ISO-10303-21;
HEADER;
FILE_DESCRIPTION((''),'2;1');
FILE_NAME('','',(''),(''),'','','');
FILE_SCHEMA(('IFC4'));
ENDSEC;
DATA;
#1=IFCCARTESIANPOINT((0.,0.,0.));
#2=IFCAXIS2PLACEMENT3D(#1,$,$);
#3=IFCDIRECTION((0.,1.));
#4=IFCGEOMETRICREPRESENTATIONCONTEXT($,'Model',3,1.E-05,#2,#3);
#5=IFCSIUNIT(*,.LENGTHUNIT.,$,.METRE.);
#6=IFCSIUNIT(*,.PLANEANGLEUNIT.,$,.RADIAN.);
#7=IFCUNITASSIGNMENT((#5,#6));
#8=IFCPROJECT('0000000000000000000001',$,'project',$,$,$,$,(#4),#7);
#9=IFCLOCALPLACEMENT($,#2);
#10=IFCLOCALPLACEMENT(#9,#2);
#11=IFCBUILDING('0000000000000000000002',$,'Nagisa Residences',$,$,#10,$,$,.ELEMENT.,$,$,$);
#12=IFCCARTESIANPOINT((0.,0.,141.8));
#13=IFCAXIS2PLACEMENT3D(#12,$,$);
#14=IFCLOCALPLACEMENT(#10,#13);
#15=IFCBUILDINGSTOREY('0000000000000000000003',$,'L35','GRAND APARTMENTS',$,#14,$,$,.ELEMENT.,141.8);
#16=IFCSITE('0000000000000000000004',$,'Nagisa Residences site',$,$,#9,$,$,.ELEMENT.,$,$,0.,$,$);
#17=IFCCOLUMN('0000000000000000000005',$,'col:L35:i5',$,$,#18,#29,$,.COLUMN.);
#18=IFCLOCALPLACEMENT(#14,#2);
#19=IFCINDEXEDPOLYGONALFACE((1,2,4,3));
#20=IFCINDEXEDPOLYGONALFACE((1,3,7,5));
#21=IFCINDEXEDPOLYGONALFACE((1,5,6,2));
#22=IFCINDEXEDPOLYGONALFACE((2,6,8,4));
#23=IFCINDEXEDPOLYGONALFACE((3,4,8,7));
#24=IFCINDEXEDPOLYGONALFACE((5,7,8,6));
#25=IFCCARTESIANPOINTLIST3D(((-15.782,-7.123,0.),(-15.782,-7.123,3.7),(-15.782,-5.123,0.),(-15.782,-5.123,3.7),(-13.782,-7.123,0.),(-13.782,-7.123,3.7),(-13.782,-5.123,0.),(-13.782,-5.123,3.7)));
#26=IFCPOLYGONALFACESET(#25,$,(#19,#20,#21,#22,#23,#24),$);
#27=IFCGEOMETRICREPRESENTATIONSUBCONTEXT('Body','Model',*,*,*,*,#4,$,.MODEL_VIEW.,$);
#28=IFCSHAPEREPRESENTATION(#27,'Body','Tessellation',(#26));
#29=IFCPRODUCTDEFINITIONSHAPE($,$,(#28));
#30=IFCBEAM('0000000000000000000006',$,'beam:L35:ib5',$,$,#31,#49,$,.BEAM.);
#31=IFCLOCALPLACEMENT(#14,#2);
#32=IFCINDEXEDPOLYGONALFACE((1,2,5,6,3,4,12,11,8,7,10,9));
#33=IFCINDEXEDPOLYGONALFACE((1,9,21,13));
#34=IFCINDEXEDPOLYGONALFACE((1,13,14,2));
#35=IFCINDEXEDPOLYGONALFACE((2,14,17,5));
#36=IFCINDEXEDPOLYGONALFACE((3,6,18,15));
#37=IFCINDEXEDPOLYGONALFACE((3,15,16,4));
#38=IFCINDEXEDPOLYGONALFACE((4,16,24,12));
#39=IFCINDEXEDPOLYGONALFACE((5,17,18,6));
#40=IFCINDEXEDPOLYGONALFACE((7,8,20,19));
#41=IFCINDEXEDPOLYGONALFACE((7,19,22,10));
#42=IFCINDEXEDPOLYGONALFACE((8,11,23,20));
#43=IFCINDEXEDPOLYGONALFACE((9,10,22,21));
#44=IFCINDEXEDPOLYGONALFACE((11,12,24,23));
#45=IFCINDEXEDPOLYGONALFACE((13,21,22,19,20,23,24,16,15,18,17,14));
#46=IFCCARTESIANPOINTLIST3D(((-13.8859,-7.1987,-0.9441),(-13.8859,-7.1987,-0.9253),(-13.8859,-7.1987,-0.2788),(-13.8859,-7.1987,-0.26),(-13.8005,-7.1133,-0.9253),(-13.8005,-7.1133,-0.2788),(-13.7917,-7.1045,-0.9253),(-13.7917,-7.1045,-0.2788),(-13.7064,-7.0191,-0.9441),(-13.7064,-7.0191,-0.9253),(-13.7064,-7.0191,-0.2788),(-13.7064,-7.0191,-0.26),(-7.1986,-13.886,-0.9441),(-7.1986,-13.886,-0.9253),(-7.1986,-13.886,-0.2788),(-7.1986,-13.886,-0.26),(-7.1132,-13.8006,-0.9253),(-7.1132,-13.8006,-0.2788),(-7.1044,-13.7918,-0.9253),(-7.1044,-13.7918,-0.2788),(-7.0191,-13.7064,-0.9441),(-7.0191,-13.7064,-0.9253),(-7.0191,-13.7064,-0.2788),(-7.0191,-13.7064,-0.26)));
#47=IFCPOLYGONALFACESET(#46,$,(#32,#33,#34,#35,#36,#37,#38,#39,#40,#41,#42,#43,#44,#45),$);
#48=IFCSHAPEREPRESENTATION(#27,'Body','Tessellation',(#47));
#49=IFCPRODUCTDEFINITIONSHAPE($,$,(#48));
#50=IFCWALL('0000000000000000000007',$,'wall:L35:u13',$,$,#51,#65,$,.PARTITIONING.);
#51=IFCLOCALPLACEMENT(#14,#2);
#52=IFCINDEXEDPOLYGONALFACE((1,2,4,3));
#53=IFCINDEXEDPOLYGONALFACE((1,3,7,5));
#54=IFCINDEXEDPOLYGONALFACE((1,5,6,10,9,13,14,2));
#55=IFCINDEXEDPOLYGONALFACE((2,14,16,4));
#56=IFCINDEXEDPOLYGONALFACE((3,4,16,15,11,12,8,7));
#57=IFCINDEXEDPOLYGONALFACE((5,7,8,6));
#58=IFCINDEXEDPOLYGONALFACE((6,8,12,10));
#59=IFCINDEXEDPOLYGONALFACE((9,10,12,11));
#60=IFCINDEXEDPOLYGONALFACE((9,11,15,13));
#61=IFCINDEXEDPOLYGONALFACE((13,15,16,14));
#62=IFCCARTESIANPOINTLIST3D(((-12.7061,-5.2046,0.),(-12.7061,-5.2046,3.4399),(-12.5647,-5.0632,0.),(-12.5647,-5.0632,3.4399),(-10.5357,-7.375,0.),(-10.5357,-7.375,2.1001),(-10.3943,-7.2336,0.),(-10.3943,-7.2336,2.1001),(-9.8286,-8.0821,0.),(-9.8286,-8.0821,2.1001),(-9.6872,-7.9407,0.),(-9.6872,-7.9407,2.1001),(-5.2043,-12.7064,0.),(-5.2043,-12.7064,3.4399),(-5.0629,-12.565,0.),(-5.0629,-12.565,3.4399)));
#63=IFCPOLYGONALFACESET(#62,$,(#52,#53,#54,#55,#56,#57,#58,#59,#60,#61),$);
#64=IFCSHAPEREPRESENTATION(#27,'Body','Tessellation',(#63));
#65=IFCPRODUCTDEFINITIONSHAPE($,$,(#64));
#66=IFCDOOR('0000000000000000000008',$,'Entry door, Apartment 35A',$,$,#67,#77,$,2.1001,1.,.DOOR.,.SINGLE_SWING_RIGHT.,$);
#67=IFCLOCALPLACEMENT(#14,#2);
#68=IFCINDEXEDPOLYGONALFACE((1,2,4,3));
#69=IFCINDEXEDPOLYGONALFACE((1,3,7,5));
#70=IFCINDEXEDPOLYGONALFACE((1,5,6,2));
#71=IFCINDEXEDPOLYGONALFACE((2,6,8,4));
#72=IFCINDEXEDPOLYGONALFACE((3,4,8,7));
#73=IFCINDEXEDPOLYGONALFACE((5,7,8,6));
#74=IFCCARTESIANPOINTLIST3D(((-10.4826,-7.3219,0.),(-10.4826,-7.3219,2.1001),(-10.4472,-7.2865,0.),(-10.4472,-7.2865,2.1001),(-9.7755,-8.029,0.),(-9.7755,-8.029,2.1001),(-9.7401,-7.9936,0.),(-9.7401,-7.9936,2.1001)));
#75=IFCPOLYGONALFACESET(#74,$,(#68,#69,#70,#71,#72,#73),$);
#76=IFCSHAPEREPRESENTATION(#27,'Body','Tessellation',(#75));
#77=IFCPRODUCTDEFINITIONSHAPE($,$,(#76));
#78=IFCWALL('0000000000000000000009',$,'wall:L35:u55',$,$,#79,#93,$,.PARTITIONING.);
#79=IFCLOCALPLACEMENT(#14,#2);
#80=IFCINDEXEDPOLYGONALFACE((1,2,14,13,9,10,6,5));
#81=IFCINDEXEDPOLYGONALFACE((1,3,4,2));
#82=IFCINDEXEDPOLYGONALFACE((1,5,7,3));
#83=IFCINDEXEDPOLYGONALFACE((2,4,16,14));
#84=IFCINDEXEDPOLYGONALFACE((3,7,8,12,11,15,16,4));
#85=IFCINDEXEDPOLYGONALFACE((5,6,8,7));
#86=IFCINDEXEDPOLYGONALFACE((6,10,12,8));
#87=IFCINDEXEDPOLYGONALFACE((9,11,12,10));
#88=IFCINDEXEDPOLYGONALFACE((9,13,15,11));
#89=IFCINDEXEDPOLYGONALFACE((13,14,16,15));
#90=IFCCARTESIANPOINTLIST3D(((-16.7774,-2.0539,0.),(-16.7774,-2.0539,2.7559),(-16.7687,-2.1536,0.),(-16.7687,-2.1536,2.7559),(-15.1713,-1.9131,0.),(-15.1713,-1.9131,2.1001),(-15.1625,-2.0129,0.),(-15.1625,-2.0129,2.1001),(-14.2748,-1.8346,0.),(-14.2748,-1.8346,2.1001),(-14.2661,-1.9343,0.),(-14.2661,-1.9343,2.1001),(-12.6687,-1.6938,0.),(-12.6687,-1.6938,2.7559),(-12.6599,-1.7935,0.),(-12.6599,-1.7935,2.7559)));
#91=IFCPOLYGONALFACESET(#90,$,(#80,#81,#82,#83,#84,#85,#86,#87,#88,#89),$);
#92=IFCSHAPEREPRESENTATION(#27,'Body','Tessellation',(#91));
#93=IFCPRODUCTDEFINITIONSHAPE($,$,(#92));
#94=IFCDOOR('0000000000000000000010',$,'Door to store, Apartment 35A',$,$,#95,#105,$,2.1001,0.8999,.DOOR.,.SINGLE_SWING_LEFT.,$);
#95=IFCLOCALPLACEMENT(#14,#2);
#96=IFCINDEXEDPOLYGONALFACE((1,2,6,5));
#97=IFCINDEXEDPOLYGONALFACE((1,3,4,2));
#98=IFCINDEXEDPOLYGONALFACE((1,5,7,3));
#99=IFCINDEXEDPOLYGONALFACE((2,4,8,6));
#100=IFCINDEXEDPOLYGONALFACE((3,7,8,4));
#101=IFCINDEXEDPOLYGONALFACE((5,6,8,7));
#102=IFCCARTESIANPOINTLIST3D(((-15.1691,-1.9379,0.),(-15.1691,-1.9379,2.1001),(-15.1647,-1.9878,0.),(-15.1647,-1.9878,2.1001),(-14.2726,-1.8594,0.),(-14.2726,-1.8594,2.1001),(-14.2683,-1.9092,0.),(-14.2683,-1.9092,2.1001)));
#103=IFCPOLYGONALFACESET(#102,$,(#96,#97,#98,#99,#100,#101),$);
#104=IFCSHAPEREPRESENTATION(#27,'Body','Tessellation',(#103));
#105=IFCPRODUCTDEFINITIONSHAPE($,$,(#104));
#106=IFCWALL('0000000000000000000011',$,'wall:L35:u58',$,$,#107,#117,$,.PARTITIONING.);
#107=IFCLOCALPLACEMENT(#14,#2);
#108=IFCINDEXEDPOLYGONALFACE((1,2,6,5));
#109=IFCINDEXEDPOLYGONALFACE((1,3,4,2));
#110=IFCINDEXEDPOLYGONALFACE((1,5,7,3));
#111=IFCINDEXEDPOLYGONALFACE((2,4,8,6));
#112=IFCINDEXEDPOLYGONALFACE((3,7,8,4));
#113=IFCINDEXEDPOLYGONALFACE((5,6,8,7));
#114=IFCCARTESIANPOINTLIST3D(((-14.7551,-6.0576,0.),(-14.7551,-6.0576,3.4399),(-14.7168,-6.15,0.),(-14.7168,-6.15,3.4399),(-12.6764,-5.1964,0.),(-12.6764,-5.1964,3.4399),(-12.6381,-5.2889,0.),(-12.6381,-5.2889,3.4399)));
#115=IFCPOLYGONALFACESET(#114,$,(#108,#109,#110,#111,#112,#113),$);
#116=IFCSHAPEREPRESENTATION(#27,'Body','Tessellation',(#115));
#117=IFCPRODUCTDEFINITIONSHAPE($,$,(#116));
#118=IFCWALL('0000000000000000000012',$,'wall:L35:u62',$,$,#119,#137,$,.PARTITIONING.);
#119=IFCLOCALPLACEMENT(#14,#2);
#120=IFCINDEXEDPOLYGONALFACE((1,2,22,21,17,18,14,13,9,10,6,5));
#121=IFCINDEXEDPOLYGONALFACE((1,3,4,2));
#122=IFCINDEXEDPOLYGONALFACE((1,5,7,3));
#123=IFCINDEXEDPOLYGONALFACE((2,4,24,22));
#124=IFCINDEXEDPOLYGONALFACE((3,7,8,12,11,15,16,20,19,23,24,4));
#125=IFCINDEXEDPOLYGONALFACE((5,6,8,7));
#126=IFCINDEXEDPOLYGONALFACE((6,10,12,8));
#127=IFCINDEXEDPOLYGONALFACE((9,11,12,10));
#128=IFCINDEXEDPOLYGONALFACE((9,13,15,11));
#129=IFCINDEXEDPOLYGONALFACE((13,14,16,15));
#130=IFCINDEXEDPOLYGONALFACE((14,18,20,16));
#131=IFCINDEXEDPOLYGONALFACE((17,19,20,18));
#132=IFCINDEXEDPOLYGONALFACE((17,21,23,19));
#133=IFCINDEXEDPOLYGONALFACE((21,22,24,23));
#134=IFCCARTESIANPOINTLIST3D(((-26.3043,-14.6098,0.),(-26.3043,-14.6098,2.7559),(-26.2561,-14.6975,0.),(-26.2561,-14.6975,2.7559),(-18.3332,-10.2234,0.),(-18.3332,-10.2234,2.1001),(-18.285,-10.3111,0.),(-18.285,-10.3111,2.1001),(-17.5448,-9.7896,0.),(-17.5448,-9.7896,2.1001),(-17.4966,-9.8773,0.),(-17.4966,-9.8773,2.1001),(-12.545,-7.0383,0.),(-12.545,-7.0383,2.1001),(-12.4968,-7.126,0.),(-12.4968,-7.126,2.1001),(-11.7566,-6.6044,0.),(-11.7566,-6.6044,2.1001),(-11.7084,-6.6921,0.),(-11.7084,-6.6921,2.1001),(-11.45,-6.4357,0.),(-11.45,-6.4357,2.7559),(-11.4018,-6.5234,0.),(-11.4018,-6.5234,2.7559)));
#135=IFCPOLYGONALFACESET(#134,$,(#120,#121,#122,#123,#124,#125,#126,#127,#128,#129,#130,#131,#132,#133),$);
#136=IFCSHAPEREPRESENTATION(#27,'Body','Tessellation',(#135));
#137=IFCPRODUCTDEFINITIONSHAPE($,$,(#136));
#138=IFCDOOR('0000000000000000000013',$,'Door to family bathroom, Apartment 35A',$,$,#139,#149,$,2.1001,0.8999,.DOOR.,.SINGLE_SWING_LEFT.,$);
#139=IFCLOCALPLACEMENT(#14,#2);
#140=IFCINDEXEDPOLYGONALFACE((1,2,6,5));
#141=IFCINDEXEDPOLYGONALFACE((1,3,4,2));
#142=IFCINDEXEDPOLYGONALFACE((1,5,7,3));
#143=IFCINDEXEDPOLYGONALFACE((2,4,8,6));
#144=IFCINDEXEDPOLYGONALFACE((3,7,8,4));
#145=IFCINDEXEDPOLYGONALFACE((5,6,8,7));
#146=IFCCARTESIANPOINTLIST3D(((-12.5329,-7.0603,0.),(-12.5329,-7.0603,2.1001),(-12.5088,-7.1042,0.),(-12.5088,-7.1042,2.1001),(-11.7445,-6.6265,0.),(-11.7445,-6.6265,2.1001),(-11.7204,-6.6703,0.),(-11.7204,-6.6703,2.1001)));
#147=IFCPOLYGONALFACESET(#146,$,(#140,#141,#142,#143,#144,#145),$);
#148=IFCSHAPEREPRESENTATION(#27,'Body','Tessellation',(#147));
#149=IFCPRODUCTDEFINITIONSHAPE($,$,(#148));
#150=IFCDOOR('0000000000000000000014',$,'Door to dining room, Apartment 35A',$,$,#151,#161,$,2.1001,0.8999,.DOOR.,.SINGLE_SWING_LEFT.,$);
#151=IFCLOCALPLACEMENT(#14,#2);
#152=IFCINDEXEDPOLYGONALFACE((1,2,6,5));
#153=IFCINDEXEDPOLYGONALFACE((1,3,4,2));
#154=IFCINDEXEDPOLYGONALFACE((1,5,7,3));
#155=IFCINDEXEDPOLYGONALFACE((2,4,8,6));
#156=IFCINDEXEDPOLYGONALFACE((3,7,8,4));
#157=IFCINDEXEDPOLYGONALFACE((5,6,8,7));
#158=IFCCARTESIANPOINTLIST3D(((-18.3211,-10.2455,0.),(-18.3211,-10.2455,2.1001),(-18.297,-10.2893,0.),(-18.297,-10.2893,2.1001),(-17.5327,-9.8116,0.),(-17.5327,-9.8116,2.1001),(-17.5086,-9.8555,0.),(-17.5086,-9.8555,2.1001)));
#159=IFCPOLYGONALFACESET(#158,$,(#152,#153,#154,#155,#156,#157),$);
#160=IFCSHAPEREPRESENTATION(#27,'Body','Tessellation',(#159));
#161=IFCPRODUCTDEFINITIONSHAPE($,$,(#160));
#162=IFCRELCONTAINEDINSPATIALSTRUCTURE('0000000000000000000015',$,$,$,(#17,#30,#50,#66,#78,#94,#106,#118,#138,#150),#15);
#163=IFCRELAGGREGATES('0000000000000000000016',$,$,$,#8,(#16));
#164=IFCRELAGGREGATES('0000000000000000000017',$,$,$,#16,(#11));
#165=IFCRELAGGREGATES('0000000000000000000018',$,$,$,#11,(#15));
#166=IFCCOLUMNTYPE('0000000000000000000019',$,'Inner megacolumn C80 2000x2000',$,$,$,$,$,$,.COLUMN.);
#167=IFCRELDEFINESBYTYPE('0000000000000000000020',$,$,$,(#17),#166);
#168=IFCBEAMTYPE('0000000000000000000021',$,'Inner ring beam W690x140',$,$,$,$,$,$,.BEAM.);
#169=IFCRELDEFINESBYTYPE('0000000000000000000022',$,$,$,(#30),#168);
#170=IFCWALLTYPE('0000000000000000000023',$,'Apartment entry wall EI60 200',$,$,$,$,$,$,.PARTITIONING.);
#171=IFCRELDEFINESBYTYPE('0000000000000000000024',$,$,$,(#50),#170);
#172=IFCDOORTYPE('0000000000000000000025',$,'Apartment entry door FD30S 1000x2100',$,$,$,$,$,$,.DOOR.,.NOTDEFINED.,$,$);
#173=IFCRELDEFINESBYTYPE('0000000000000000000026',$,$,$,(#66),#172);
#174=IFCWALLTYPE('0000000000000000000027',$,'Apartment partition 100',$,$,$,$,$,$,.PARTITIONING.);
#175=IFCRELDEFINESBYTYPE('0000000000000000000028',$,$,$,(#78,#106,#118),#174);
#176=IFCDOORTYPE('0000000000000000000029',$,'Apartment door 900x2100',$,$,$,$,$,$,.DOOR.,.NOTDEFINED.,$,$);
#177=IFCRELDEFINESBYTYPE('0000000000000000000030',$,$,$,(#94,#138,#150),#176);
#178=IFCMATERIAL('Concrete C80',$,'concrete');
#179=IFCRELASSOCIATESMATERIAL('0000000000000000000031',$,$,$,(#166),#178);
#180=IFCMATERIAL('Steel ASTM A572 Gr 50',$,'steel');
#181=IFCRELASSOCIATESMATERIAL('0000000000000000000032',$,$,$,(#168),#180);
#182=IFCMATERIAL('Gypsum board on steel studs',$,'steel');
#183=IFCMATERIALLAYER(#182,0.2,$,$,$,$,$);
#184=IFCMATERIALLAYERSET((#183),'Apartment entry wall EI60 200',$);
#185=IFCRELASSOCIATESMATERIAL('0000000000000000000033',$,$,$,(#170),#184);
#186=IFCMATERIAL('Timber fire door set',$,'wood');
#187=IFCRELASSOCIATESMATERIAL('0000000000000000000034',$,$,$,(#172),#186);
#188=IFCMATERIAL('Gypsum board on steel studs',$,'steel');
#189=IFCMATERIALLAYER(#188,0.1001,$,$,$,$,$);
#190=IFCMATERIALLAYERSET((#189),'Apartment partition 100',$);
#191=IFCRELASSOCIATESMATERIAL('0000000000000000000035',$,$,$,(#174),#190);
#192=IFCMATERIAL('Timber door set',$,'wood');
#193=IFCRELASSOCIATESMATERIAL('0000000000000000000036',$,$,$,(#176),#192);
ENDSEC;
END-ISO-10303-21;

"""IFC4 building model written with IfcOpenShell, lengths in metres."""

from ifc_helpers import new_model, si_unit, direction, frame, frame_2d, origin, origin_2d, place, context, subcontext, project, spatial, rectangle, i_section, extrude, material, layer, layer_set, material_profile, profile_set, type_object, element, fill, save


model = new_model("IFC4")

# Units and contexts
model_context = context("Model", 3, precision=1e-05, world=origin(), true_north=direction((0.0, 1.0)))
body_context = subcontext(model_context, "Body", "Model", "MODEL_VIEW")
ifc_project = project(units=[si_unit("LENGTHUNIT", "METRE"), si_unit("PLANEANGLEUNIT", "RADIAN")], contexts=[model_context])

# Site, building, storey
site_placement = place(None, origin())
site = spatial("IfcSite", under=ifc_project, at=site_placement, Name="Nagisa Residences site", CompositionType="ELEMENT", RefElevation=0.0)
building_placement = place(site_placement, origin())
building = spatial("IfcBuilding", under=site, at=building_placement, Name="Nagisa Residences", CompositionType="ELEMENT")
storey_placement = place(building_placement, frame((0.0, 0.0, 141.8)))
storey = spatial("IfcBuildingStorey", under=building, at=storey_placement, Name="L35", Description="GRAND APARTMENTS", CompositionType="ELEMENT", Elevation=141.8)

# Column
ifc_material_1 = material(Name="Concrete C80", Category="concrete")
ifc_material_profile_1 = material_profile(ifc_material_1, rectangle(XDim=2.0, YDim=2.0, at=origin_2d()), Name="C80 2000x2000")
ifc_profile_set_1 = profile_set([ifc_material_profile_1], Name="Concrete C80")
column_type = type_object("IfcColumnType", Name="Inner megacolumn C80 2000x2000", PredefinedType="COLUMN", material=ifc_profile_set_1)
column_placement = place(storey_placement, frame((-14.782, -6.123, 0.0), z_axis=(0.0, 0.0, 1.0), x_axis=(1.0, 0.0, 0.0)))
element("IfcColumn", 1, at=column_placement, inside=storey, type_object=column_type, Name="col:L35:i5", PredefinedType="COLUMN", context=body_context, shape_type="SweptSolid", body=[
    extrude(rectangle(XDim=2.0, YDim=2.0, at=origin_2d()), origin(), (0.0, 0.0, 1.0), 3.7),
])

# Beam
ifc_material_2 = material(Name="Steel ASTM A572 Gr 50", Category="steel")
ifc_material_profile_2 = material_profile(ifc_material_2, i_section(OverallWidth=0.2539, OverallDepth=0.6841, WebThickness=0.0125, FlangeThickness=0.0188, at=origin_2d()), Name="W690x140")
ifc_profile_set_2 = profile_set([ifc_material_profile_2], Name="Steel ASTM A572 Gr 50")
beam_type = type_object("IfcBeamType", Name="Inner ring beam W690x140", PredefinedType="BEAM", material=ifc_profile_set_2)
beam_placement = place(storey_placement, frame((-13.7961, -7.1089, -0.6021), z_axis=(0.707107, -0.707107, 0.0), x_axis=(0.707107, 0.707107, 0.0)))
element("IfcBeam", 2, at=beam_placement, inside=storey, type_object=beam_type, Name="beam:L35:ib5", PredefinedType="BEAM", context=body_context, shape_type="SweptSolid", body=[
    extrude(i_section(OverallWidth=0.2539, OverallDepth=0.6841, WebThickness=0.0125, FlangeThickness=0.0188, at=origin_2d()), origin(), (0.0, 0.0, 1.0), 9.4573),
])

# Walls, openings, doors
ifc_material_3 = material(Name="Gypsum board on steel studs", Category="steel")
ifc_layer_1 = layer(ifc_material_3, 0.2)
ifc_layer_set_1 = layer_set([ifc_layer_1], Name="Apartment entry wall EI60 200")
wall_type_1 = type_object("IfcWallType", Name="Apartment entry wall EI60 200", PredefinedType="PARTITIONING", material=ifc_layer_set_1)
wall_1_placement = place(storey_placement, frame((-12.6355, -5.1338, 0.0), z_axis=(0.0, 0.0, 1.0), x_axis=(0.707107, -0.707107, 0.0)))
wall_1 = element("IfcWall", 3, at=wall_1_placement, inside=storey, type_object=wall_type_1, Name="wall:L35:u13", PredefinedType="PARTITIONING", context=body_context, shape_type="SweptSolid", body=[
    extrude(rectangle(XDim=10.6091, YDim=0.2, at=frame_2d((5.3047, 0.0))), origin(), (0.0, 0.0, 1.0), 3.4399),
])
opening_1_placement = place(wall_1_placement, frame((3.0696, 0.0, 0.0)))
opening_1 = element("IfcOpeningElement", 4, at=opening_1_placement, cuts=wall_1, PredefinedType="OPENING", context=body_context, shape_type="SweptSolid", body=[
    extrude(rectangle(XDim=1.0, YDim=2.1001, at=frame_2d((0.5, 1.05))), frame((0.0, 0.1099, 0.0), z_axis=(0.0, -1.0, 0.0), x_axis=(1.0, 0.0, 0.0)), (0.0, 0.0, 1.0), 0.22),
])
ifc_material_4 = material(Name="Timber fire door set", Category="wood")
door_type_1 = type_object("IfcDoorType", Name="Apartment entry door FD30S 1000x2100", OperationType="NOTDEFINED", PredefinedType="DOOR", material=ifc_material_4)
door_1_placement = place(opening_1_placement, frame((1.0, 0.0, 0.0), x_axis=(-1.0, 0.0, 0.0)))
door_1 = element("IfcDoor", 5, at=door_1_placement, inside=storey, type_object=door_type_1, Name="Entry door, Apartment 35A", OperationType="SINGLE_SWING_RIGHT", OverallHeight=2.1001, OverallWidth=1.0, PredefinedType="DOOR", context=body_context, shape_type="SweptSolid", body=[
    extrude(rectangle(XDim=1.0, YDim=2.1001, at=frame_2d((0.5, 1.05))), frame((0.0, 0.0249, 0.0), z_axis=(0.0, -1.0, 0.0), x_axis=(1.0, 0.0, 0.0)), (0.0, 0.0, 1.0), 0.05),
])
fill(opening_1, door_1)
ifc_material_5 = material(Name="Gypsum board on steel studs", Category="steel")
ifc_layer_2 = layer(ifc_material_5, 0.1001)
ifc_layer_set_2 = layer_set([ifc_layer_2], Name="Apartment partition 100")
wall_type_2 = type_object("IfcWallType", Name="Apartment partition 100", PredefinedType="PARTITIONING", material=ifc_layer_set_2)
wall_2_placement = place(storey_placement, frame((-12.6643, -1.7437, 0.0), z_axis=(0.0, 0.0, 1.0), x_axis=(-0.996181, -0.087312, 0.0)))
wall_2 = element("IfcWall", 6, at=wall_2_placement, inside=storey, type_object=wall_type_2, Name="wall:L35:u55", PredefinedType="PARTITIONING", context=body_context, shape_type="SweptSolid", body=[
    extrude(rectangle(XDim=4.1245, YDim=0.1001, at=frame_2d((2.0623, 0.0))), origin(), (0.0, 0.0, 1.0), 2.7559),
])
opening_2_placement = place(wall_2_placement, frame((1.6123, 0.0, 0.0)))
opening_2 = element("IfcOpeningElement", 7, at=opening_2_placement, cuts=wall_2, PredefinedType="OPENING", context=body_context, shape_type="SweptSolid", body=[
    extrude(rectangle(XDim=0.8999, YDim=2.1001, at=frame_2d((0.45, 1.05))), frame((0.0, 0.0601, 0.0), z_axis=(0.0, -1.0, 0.0), x_axis=(1.0, 0.0, 0.0)), (0.0, 0.0, 1.0), 0.1201),
])
ifc_material_6 = material(Name="Timber door set", Category="wood")
door_type_2 = type_object("IfcDoorType", Name="Apartment door 900x2100", OperationType="NOTDEFINED", PredefinedType="DOOR", material=ifc_material_6)
door_2_placement = place(opening_2_placement, origin())
door_2 = element("IfcDoor", 8, at=door_2_placement, inside=storey, type_object=door_type_2, Name="Door to store, Apartment 35A", OperationType="SINGLE_SWING_LEFT", OverallHeight=2.1001, OverallWidth=0.8999, PredefinedType="DOOR", context=body_context, shape_type="SweptSolid", body=[
    extrude(rectangle(XDim=0.8999, YDim=2.1001, at=frame_2d((0.45, 1.05))), frame((0.0, 0.0249, 0.0), z_axis=(0.0, -1.0, 0.0), x_axis=(1.0, 0.0, 0.0)), (0.0, 0.0, 1.0), 0.05),
])
fill(opening_2, door_2)

# Wall
wall_3_placement = place(storey_placement, frame((-12.6572, -5.2427, 0.0), z_axis=(0.0, 0.0, 1.0), x_axis=(-0.923865, -0.382719, 0.0)))
element("IfcWall", 9, at=wall_3_placement, inside=storey, type_object=wall_type_2, Name="wall:L35:u58", PredefinedType="PARTITIONING", context=body_context, shape_type="SweptSolid", body=[
    extrude(rectangle(XDim=2.25, YDim=0.1001, at=frame_2d((1.125, 0.0))), origin(), (0.0, 0.0, 1.0), 3.4399),
])

# Wall, openings, doors
wall_4_placement = place(storey_placement, frame((-11.4258, -6.4795, 0.0), z_axis=(0.0, 0.0, 1.0), x_axis=(-0.87611, -0.482111, 0.0)))
wall_4 = element("IfcWall", 10, at=wall_4_placement, inside=storey, type_object=wall_type_2, Name="wall:L35:u62", PredefinedType="PARTITIONING", context=body_context, shape_type="SweptSolid", body=[
    extrude(rectangle(XDim=16.9548, YDim=0.1001, at=frame_2d((8.4775, 0.0))), origin(), (0.0, 0.0, 1.0), 2.7559),
])
opening_3_placement = place(wall_4_placement, frame((0.3501, 0.0, 0.0)))
opening_3 = element("IfcOpeningElement", 11, at=opening_3_placement, cuts=wall_4, PredefinedType="OPENING", context=body_context, shape_type="SweptSolid", body=[
    extrude(rectangle(XDim=0.8999, YDim=2.1001, at=frame_2d((0.45, 1.05))), frame((0.0, 0.0601, 0.0), z_axis=(0.0, -1.0, 0.0), x_axis=(1.0, 0.0, 0.0)), (0.0, 0.0, 1.0), 0.1201),
])
opening_4_placement = place(wall_4_placement, frame((6.9568, 0.0, 0.0)))
opening_4 = element("IfcOpeningElement", 12, at=opening_4_placement, cuts=wall_4, PredefinedType="OPENING", context=body_context, shape_type="SweptSolid", body=[
    extrude(rectangle(XDim=0.8999, YDim=2.1001, at=frame_2d((0.45, 1.05))), frame((0.0, 0.0601, 0.0), z_axis=(0.0, -1.0, 0.0), x_axis=(1.0, 0.0, 0.0)), (0.0, 0.0, 1.0), 0.1201),
])
door_3_placement = place(opening_3_placement, frame((0.8999, 0.0, 0.0), x_axis=(-1.0, 0.0, 0.0)))
door_3 = element("IfcDoor", 13, at=door_3_placement, inside=storey, type_object=door_type_2, Name="Door to family bathroom, Apartment 35A", OperationType="SINGLE_SWING_LEFT", OverallHeight=2.1001, OverallWidth=0.8999, PredefinedType="DOOR", context=body_context, shape_type="SweptSolid", body=[
    extrude(rectangle(XDim=0.8999, YDim=2.1001, at=frame_2d((0.45, 1.05))), frame((0.0, 0.0249, 0.0), z_axis=(0.0, -1.0, 0.0), x_axis=(1.0, 0.0, 0.0)), (0.0, 0.0, 1.0), 0.05),
])
fill(opening_3, door_3)
door_4_placement = place(opening_4_placement, frame((0.8999, 0.0, 0.0), x_axis=(-1.0, 0.0, 0.0)))
door_4 = element("IfcDoor", 14, at=door_4_placement, inside=storey, type_object=door_type_2, Name="Door to dining room, Apartment 35A", OperationType="SINGLE_SWING_LEFT", OverallHeight=2.1001, OverallWidth=0.8999, PredefinedType="DOOR", context=body_context, shape_type="SweptSolid", body=[
    extrude(rectangle(XDim=0.8999, YDim=2.1001, at=frame_2d((0.45, 1.05))), frame((0.0, 0.0249, 0.0), z_axis=(0.0, -1.0, 0.0), x_axis=(1.0, 0.0, 0.0)), (0.0, 0.0, 1.0), 0.05),
])
fill(opening_4, door_4)

save(model, "model.ifc")
